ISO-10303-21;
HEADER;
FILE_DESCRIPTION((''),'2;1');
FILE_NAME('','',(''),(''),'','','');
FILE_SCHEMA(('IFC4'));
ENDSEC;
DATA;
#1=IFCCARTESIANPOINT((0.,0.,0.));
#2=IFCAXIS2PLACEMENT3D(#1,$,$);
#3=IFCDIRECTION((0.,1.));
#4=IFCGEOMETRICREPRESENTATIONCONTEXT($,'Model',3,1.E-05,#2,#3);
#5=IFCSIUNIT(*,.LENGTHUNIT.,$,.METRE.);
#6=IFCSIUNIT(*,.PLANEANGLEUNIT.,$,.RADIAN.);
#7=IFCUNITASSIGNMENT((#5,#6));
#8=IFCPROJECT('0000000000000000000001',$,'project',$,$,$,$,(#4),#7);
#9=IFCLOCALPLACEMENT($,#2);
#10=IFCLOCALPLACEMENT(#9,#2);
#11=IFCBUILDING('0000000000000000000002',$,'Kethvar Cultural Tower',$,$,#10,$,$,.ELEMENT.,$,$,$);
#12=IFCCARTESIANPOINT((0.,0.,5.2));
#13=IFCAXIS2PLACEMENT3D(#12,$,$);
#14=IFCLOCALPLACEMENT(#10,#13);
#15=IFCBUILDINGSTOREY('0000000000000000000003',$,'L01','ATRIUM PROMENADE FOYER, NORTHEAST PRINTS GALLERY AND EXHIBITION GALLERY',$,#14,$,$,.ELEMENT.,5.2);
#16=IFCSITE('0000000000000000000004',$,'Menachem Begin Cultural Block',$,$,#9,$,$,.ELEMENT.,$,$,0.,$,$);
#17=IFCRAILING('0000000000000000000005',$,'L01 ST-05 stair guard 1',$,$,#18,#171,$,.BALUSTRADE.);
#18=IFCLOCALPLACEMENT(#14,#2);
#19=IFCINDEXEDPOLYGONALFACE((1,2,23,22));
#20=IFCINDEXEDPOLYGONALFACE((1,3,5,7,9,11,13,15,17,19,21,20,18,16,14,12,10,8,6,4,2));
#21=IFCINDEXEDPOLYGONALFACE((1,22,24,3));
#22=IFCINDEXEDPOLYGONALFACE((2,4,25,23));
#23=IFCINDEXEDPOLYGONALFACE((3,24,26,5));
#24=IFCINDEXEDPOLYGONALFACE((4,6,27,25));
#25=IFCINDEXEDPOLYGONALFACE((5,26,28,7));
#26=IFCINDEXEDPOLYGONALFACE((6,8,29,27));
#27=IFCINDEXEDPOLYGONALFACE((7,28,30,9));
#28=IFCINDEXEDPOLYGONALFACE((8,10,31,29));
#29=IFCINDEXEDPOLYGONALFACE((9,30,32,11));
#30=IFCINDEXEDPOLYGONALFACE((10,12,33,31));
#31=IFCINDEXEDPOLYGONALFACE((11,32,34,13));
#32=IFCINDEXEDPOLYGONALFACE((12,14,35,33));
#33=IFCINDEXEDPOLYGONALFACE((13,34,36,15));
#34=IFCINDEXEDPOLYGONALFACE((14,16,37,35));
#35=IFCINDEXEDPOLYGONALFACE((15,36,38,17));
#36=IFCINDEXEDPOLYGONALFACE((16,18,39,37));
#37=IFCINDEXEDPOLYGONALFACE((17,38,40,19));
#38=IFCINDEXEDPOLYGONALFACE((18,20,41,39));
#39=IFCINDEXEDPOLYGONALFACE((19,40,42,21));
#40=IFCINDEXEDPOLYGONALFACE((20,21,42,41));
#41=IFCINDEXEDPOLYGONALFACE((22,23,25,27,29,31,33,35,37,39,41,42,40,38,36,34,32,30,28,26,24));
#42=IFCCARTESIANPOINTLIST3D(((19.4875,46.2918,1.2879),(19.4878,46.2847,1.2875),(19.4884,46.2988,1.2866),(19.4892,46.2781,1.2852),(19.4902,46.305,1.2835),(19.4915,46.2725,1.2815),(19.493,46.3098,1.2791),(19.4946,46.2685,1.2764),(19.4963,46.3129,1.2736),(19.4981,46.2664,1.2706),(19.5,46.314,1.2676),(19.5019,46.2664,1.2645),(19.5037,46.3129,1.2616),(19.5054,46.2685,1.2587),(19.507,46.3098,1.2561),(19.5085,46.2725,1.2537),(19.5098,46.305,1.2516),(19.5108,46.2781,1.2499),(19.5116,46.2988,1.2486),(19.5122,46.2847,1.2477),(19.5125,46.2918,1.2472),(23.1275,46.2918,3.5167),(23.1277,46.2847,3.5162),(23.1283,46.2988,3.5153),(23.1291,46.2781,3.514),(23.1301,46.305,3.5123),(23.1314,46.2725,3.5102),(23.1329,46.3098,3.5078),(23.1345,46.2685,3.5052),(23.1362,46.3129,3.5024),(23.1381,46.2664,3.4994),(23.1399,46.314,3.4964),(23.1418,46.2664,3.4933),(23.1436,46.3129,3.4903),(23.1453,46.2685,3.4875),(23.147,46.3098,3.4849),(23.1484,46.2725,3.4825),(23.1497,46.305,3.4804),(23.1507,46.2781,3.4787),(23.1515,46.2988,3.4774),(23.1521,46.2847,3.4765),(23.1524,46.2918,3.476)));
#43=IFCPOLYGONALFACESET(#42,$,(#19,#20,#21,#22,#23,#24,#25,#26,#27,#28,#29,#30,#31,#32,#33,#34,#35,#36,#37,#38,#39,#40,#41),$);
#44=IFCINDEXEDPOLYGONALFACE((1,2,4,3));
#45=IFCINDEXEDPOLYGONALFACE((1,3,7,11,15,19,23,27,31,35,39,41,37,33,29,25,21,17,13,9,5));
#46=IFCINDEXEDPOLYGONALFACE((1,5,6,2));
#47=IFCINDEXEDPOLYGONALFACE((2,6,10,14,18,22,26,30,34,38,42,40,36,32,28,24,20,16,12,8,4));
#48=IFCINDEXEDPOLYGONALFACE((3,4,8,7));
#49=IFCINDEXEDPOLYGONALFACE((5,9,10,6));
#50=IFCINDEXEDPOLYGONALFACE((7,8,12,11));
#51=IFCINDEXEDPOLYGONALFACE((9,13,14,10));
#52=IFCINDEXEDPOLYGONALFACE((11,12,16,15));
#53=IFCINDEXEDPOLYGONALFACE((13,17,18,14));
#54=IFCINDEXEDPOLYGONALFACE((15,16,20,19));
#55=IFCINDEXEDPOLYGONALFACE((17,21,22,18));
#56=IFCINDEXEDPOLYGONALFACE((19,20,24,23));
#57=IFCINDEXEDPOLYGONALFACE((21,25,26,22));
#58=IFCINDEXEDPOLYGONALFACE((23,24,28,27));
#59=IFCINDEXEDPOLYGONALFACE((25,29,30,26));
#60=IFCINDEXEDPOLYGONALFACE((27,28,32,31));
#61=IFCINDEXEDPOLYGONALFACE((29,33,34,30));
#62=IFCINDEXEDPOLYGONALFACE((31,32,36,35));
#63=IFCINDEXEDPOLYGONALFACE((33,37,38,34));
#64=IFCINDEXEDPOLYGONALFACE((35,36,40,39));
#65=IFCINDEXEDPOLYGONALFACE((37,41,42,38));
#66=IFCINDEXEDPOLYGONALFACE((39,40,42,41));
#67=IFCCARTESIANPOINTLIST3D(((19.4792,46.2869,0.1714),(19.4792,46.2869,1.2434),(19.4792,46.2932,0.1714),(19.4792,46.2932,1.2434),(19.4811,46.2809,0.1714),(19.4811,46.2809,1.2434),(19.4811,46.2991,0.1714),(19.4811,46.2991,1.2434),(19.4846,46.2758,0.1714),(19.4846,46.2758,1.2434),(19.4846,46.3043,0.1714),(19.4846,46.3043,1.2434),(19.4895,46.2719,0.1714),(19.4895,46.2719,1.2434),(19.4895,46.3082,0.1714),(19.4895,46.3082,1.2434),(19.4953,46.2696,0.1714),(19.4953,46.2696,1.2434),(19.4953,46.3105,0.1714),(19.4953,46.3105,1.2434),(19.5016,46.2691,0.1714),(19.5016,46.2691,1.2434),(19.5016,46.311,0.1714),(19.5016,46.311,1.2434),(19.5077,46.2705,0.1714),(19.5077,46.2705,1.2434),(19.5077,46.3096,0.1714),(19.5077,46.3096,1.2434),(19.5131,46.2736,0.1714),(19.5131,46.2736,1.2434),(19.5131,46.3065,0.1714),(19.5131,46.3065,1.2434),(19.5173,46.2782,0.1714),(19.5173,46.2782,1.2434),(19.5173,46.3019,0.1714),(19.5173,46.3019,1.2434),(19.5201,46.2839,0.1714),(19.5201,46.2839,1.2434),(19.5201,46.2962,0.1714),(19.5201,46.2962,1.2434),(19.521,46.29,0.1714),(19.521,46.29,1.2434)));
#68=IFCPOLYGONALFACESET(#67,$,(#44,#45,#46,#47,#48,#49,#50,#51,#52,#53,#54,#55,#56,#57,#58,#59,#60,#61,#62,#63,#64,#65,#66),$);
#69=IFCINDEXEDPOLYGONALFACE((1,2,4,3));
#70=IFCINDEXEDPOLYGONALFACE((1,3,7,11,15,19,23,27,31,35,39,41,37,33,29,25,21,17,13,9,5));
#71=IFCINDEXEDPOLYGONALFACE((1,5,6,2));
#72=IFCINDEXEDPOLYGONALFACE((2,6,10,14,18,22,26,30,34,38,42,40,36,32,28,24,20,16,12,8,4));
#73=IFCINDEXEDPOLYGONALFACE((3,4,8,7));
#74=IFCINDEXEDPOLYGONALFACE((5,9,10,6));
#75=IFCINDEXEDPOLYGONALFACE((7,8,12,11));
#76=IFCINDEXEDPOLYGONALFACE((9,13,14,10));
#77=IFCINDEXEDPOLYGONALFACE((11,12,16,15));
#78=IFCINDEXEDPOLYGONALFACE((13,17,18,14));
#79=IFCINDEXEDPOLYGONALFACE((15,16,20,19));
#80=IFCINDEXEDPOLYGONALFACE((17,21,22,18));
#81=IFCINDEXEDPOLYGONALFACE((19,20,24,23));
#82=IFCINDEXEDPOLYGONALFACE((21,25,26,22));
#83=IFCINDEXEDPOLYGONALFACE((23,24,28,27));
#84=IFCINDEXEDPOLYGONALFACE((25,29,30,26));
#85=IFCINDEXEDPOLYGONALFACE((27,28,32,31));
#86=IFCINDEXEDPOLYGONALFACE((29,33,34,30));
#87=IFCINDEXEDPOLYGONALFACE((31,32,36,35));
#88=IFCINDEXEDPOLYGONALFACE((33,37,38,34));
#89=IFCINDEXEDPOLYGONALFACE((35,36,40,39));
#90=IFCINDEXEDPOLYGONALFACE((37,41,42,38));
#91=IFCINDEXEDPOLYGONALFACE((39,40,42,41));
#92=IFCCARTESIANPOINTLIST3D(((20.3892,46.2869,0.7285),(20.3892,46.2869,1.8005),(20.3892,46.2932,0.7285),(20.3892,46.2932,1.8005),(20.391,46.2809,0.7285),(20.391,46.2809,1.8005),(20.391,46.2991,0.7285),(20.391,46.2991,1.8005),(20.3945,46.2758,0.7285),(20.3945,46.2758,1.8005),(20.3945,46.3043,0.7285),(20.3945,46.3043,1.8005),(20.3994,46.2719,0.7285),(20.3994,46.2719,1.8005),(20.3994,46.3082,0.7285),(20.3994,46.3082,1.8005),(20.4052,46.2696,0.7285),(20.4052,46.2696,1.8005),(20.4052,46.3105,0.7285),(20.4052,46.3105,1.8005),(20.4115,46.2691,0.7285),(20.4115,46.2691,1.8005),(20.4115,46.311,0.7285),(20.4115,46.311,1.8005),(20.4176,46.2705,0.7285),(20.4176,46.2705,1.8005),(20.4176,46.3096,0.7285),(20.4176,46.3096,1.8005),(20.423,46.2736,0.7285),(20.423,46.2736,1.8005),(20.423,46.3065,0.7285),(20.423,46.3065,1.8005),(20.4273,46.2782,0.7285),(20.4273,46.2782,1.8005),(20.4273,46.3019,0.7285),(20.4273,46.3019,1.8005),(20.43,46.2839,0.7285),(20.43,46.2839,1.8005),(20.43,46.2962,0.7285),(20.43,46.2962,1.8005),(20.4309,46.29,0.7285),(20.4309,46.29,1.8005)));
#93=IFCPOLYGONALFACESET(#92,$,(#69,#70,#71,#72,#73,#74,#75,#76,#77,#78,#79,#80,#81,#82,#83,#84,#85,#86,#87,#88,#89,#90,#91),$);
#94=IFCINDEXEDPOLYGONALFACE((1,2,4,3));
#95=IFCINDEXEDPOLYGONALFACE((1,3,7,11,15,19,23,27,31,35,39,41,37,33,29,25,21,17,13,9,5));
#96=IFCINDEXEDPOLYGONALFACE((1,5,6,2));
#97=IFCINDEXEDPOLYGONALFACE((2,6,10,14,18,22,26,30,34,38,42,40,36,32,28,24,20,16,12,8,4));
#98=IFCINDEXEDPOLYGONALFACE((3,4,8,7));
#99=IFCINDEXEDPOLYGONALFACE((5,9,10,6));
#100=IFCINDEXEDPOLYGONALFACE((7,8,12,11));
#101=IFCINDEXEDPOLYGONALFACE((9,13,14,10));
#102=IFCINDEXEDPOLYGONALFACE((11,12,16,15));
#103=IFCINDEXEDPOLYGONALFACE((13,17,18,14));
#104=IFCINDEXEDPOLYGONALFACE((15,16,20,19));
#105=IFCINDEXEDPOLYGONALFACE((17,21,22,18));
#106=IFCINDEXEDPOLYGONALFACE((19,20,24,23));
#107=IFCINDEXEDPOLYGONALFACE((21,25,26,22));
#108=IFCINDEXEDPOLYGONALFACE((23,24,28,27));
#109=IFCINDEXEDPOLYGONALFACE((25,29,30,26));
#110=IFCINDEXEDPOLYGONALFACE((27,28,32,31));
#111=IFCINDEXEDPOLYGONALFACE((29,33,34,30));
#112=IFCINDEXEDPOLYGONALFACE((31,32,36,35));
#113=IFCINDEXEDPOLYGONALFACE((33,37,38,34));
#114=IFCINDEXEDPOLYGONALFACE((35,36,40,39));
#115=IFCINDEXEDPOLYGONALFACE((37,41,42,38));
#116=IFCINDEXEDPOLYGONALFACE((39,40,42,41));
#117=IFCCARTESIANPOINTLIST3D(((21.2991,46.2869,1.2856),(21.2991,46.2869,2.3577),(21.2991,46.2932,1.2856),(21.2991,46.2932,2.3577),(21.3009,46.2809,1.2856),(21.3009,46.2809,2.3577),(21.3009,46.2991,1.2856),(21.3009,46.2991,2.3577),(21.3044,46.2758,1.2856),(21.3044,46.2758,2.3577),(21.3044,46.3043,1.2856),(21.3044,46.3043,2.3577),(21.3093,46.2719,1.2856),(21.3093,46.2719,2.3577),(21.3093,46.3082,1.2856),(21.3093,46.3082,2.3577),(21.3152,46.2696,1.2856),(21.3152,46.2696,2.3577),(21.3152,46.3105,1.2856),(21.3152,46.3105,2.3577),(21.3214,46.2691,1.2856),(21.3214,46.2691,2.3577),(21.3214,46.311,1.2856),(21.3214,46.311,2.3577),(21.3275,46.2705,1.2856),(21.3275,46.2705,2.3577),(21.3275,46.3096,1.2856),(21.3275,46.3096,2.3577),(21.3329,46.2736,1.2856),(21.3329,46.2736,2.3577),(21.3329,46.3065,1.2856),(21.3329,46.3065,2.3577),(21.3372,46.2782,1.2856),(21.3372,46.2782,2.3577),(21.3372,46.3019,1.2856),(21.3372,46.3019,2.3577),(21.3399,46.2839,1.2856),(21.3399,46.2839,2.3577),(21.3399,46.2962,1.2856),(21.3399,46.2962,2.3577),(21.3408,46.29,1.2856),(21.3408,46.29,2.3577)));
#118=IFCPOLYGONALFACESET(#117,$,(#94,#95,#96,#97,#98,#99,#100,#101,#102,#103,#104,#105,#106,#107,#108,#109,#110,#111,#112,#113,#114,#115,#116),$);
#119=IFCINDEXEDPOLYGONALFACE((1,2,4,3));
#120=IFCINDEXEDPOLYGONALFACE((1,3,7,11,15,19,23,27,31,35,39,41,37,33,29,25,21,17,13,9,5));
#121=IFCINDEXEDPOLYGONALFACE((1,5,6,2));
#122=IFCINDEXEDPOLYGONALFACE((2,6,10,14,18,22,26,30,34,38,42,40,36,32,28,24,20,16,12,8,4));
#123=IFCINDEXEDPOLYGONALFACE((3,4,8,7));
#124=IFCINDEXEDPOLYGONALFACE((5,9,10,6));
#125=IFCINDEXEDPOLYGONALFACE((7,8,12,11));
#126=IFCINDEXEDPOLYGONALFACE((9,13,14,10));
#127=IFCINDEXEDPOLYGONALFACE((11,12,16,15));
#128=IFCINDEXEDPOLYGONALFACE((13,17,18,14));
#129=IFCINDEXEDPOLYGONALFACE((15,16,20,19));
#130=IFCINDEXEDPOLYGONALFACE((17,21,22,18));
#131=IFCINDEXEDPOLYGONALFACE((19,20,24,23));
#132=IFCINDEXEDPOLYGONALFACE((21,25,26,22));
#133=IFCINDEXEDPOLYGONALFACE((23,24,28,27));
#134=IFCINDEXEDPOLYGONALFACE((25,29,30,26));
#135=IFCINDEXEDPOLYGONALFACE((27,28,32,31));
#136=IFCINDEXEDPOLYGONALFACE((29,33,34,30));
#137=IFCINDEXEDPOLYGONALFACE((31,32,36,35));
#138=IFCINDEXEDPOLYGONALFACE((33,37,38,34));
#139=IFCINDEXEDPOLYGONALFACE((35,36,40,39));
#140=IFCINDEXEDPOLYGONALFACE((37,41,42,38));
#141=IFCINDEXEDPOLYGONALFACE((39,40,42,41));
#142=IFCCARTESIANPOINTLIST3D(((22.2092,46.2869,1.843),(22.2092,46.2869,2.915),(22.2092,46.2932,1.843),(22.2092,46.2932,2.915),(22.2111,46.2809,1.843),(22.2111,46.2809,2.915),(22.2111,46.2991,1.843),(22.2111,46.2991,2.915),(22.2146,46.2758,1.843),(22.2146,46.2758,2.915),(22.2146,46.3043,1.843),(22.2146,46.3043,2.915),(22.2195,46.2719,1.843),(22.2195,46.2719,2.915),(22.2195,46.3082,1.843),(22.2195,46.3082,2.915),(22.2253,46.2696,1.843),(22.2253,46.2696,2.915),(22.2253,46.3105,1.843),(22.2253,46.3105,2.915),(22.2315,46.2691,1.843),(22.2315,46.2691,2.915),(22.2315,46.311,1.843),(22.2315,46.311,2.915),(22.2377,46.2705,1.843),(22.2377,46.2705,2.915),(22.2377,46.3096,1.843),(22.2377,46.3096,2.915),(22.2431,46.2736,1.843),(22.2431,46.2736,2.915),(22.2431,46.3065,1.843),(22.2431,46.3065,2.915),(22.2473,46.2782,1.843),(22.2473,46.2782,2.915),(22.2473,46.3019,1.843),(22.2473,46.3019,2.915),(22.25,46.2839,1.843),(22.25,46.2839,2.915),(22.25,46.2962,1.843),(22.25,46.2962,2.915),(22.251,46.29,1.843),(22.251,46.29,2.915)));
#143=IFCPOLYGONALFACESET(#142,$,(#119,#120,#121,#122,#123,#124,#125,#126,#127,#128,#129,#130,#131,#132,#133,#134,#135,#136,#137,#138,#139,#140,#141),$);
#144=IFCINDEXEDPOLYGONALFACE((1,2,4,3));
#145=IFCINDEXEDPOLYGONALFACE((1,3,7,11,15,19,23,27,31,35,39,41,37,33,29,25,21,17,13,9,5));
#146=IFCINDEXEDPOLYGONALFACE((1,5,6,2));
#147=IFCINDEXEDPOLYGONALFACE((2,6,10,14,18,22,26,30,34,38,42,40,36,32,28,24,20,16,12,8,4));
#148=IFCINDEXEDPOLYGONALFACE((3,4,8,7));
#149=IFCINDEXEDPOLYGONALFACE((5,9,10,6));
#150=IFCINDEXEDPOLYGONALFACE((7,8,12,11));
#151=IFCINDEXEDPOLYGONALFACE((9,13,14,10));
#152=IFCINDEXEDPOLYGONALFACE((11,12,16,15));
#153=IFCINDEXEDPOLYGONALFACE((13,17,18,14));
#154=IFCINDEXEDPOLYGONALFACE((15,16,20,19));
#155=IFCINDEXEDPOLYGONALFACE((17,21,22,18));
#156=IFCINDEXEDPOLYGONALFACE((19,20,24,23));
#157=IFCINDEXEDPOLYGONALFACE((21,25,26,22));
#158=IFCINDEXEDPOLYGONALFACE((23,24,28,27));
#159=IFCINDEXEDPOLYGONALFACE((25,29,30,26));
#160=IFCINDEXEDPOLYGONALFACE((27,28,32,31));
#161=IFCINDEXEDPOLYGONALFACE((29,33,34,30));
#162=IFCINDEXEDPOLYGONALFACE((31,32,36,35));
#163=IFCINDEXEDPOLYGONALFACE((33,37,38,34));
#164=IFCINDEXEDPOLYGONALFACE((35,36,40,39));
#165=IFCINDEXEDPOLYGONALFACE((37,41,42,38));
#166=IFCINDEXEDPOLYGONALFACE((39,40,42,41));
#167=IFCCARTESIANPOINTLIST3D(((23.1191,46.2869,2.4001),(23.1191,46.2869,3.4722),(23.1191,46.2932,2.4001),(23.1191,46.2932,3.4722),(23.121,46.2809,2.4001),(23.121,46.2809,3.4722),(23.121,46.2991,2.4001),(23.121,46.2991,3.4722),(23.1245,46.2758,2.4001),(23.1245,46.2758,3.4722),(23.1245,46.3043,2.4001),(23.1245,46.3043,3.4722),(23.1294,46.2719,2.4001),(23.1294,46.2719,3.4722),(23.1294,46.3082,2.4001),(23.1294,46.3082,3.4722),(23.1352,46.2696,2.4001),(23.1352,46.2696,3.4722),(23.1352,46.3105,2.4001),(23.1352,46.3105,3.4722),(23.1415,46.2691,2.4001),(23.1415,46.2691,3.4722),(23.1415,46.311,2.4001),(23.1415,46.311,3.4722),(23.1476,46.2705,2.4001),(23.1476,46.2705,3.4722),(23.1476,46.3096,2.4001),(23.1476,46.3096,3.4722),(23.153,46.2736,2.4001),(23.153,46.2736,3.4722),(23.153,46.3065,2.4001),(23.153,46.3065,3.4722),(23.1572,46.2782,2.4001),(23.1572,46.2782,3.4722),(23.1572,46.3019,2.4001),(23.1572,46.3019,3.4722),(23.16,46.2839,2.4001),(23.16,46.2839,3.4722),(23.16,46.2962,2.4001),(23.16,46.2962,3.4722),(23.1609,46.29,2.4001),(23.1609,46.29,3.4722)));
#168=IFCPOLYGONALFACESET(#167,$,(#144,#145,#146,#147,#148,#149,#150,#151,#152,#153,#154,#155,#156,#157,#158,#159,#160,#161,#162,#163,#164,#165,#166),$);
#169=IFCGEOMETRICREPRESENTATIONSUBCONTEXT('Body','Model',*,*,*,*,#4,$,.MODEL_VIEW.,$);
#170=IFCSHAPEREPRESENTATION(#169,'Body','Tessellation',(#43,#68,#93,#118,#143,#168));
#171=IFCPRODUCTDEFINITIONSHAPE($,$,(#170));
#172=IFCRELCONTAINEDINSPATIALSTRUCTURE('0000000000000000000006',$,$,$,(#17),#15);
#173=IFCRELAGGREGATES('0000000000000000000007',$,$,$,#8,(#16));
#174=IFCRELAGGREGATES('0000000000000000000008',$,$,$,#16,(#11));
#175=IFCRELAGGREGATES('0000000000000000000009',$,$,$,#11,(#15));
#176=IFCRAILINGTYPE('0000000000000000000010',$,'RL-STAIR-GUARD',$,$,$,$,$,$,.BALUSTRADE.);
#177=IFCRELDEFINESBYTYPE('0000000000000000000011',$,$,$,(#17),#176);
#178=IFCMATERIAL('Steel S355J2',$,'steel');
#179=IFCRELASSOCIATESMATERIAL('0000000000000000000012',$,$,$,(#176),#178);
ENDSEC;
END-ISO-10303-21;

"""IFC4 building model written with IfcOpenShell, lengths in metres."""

from ifc_helpers import new_model, si_unit, direction, frame, origin, origin_2d, place, context, subcontext, project, spatial, circle, extrude, material, type_object, element, save


model = new_model("IFC4")

# Units and contexts
model_context = context("Model", 3, precision=1e-05, world=origin(), true_north=direction((0.0, 1.0)))
body_context = subcontext(model_context, "Body", "Model", "MODEL_VIEW")
ifc_project = project(units=[si_unit("LENGTHUNIT", "METRE"), si_unit("PLANEANGLEUNIT", "RADIAN")], contexts=[model_context])

# Site, building, storey
site_placement = place(None, origin())
site = spatial("IfcSite", under=ifc_project, at=site_placement, Name="Menachem Begin Cultural Block", CompositionType="ELEMENT", RefElevation=0.0)
building_placement = place(site_placement, origin())
building = spatial("IfcBuilding", under=site, at=building_placement, Name="Kethvar Cultural Tower", CompositionType="ELEMENT")
storey_placement = place(building_placement, frame((0.0, 0.0, 5.2)))
storey = spatial("IfcBuildingStorey", under=building, at=storey_placement, Name="L01", Description="ATRIUM PROMENADE FOYER, NORTHEAST PRINTS GALLERY AND EXHIBITION GALLERY", CompositionType="ELEMENT", Elevation=5.2)

# Railing
ifc_material_1 = material(Name="Steel S355J2", Category="steel")
railing_type_1 = type_object("IfcRailingType", Name="RL-STAIR-GUARD", PredefinedType="BALUSTRADE", material=ifc_material_1)
railing_1_placement = place(storey_placement, frame((19.5, 46.29, 0.1714)))
element("IfcRailing", 1, at=railing_1_placement, inside=storey, type_object=railing_type_1, Name="L01 ST-05 stair guard 1", PredefinedType="BALUSTRADE", context=body_context, shape_type="SweptSolid", body=[
    extrude(circle(Radius=0.0239, at=origin_2d()), frame((0.0, 0.0, 1.0962), z_axis=(0.852825, 0.0, 0.522197), x_axis=(0.0, 1.0, 0.0)), (0.0, 0.0, 1.0), 4.2681),
    extrude(circle(Radius=0.021, at=origin_2d()), origin(), (0.0, 0.0, 1.0), 1.072),
    extrude(circle(Radius=0.021, at=origin_2d()), frame((0.9099, 0.0, 0.5571)), (0.0, 0.0, 1.0), 1.072),
    extrude(circle(Radius=0.021, at=origin_2d()), frame((1.8198, 0.0, 1.1143)), (0.0, 0.0, 1.0), 1.072),
    extrude(circle(Radius=0.021, at=origin_2d()), frame((2.73, 0.0, 1.6716)), (0.0, 0.0, 1.0), 1.072),
    extrude(circle(Radius=0.021, at=origin_2d()), frame((3.6399, 0.0, 2.2288)), (0.0, 0.0, 1.0), 1.072),
])

save(model, "model.ifc")
